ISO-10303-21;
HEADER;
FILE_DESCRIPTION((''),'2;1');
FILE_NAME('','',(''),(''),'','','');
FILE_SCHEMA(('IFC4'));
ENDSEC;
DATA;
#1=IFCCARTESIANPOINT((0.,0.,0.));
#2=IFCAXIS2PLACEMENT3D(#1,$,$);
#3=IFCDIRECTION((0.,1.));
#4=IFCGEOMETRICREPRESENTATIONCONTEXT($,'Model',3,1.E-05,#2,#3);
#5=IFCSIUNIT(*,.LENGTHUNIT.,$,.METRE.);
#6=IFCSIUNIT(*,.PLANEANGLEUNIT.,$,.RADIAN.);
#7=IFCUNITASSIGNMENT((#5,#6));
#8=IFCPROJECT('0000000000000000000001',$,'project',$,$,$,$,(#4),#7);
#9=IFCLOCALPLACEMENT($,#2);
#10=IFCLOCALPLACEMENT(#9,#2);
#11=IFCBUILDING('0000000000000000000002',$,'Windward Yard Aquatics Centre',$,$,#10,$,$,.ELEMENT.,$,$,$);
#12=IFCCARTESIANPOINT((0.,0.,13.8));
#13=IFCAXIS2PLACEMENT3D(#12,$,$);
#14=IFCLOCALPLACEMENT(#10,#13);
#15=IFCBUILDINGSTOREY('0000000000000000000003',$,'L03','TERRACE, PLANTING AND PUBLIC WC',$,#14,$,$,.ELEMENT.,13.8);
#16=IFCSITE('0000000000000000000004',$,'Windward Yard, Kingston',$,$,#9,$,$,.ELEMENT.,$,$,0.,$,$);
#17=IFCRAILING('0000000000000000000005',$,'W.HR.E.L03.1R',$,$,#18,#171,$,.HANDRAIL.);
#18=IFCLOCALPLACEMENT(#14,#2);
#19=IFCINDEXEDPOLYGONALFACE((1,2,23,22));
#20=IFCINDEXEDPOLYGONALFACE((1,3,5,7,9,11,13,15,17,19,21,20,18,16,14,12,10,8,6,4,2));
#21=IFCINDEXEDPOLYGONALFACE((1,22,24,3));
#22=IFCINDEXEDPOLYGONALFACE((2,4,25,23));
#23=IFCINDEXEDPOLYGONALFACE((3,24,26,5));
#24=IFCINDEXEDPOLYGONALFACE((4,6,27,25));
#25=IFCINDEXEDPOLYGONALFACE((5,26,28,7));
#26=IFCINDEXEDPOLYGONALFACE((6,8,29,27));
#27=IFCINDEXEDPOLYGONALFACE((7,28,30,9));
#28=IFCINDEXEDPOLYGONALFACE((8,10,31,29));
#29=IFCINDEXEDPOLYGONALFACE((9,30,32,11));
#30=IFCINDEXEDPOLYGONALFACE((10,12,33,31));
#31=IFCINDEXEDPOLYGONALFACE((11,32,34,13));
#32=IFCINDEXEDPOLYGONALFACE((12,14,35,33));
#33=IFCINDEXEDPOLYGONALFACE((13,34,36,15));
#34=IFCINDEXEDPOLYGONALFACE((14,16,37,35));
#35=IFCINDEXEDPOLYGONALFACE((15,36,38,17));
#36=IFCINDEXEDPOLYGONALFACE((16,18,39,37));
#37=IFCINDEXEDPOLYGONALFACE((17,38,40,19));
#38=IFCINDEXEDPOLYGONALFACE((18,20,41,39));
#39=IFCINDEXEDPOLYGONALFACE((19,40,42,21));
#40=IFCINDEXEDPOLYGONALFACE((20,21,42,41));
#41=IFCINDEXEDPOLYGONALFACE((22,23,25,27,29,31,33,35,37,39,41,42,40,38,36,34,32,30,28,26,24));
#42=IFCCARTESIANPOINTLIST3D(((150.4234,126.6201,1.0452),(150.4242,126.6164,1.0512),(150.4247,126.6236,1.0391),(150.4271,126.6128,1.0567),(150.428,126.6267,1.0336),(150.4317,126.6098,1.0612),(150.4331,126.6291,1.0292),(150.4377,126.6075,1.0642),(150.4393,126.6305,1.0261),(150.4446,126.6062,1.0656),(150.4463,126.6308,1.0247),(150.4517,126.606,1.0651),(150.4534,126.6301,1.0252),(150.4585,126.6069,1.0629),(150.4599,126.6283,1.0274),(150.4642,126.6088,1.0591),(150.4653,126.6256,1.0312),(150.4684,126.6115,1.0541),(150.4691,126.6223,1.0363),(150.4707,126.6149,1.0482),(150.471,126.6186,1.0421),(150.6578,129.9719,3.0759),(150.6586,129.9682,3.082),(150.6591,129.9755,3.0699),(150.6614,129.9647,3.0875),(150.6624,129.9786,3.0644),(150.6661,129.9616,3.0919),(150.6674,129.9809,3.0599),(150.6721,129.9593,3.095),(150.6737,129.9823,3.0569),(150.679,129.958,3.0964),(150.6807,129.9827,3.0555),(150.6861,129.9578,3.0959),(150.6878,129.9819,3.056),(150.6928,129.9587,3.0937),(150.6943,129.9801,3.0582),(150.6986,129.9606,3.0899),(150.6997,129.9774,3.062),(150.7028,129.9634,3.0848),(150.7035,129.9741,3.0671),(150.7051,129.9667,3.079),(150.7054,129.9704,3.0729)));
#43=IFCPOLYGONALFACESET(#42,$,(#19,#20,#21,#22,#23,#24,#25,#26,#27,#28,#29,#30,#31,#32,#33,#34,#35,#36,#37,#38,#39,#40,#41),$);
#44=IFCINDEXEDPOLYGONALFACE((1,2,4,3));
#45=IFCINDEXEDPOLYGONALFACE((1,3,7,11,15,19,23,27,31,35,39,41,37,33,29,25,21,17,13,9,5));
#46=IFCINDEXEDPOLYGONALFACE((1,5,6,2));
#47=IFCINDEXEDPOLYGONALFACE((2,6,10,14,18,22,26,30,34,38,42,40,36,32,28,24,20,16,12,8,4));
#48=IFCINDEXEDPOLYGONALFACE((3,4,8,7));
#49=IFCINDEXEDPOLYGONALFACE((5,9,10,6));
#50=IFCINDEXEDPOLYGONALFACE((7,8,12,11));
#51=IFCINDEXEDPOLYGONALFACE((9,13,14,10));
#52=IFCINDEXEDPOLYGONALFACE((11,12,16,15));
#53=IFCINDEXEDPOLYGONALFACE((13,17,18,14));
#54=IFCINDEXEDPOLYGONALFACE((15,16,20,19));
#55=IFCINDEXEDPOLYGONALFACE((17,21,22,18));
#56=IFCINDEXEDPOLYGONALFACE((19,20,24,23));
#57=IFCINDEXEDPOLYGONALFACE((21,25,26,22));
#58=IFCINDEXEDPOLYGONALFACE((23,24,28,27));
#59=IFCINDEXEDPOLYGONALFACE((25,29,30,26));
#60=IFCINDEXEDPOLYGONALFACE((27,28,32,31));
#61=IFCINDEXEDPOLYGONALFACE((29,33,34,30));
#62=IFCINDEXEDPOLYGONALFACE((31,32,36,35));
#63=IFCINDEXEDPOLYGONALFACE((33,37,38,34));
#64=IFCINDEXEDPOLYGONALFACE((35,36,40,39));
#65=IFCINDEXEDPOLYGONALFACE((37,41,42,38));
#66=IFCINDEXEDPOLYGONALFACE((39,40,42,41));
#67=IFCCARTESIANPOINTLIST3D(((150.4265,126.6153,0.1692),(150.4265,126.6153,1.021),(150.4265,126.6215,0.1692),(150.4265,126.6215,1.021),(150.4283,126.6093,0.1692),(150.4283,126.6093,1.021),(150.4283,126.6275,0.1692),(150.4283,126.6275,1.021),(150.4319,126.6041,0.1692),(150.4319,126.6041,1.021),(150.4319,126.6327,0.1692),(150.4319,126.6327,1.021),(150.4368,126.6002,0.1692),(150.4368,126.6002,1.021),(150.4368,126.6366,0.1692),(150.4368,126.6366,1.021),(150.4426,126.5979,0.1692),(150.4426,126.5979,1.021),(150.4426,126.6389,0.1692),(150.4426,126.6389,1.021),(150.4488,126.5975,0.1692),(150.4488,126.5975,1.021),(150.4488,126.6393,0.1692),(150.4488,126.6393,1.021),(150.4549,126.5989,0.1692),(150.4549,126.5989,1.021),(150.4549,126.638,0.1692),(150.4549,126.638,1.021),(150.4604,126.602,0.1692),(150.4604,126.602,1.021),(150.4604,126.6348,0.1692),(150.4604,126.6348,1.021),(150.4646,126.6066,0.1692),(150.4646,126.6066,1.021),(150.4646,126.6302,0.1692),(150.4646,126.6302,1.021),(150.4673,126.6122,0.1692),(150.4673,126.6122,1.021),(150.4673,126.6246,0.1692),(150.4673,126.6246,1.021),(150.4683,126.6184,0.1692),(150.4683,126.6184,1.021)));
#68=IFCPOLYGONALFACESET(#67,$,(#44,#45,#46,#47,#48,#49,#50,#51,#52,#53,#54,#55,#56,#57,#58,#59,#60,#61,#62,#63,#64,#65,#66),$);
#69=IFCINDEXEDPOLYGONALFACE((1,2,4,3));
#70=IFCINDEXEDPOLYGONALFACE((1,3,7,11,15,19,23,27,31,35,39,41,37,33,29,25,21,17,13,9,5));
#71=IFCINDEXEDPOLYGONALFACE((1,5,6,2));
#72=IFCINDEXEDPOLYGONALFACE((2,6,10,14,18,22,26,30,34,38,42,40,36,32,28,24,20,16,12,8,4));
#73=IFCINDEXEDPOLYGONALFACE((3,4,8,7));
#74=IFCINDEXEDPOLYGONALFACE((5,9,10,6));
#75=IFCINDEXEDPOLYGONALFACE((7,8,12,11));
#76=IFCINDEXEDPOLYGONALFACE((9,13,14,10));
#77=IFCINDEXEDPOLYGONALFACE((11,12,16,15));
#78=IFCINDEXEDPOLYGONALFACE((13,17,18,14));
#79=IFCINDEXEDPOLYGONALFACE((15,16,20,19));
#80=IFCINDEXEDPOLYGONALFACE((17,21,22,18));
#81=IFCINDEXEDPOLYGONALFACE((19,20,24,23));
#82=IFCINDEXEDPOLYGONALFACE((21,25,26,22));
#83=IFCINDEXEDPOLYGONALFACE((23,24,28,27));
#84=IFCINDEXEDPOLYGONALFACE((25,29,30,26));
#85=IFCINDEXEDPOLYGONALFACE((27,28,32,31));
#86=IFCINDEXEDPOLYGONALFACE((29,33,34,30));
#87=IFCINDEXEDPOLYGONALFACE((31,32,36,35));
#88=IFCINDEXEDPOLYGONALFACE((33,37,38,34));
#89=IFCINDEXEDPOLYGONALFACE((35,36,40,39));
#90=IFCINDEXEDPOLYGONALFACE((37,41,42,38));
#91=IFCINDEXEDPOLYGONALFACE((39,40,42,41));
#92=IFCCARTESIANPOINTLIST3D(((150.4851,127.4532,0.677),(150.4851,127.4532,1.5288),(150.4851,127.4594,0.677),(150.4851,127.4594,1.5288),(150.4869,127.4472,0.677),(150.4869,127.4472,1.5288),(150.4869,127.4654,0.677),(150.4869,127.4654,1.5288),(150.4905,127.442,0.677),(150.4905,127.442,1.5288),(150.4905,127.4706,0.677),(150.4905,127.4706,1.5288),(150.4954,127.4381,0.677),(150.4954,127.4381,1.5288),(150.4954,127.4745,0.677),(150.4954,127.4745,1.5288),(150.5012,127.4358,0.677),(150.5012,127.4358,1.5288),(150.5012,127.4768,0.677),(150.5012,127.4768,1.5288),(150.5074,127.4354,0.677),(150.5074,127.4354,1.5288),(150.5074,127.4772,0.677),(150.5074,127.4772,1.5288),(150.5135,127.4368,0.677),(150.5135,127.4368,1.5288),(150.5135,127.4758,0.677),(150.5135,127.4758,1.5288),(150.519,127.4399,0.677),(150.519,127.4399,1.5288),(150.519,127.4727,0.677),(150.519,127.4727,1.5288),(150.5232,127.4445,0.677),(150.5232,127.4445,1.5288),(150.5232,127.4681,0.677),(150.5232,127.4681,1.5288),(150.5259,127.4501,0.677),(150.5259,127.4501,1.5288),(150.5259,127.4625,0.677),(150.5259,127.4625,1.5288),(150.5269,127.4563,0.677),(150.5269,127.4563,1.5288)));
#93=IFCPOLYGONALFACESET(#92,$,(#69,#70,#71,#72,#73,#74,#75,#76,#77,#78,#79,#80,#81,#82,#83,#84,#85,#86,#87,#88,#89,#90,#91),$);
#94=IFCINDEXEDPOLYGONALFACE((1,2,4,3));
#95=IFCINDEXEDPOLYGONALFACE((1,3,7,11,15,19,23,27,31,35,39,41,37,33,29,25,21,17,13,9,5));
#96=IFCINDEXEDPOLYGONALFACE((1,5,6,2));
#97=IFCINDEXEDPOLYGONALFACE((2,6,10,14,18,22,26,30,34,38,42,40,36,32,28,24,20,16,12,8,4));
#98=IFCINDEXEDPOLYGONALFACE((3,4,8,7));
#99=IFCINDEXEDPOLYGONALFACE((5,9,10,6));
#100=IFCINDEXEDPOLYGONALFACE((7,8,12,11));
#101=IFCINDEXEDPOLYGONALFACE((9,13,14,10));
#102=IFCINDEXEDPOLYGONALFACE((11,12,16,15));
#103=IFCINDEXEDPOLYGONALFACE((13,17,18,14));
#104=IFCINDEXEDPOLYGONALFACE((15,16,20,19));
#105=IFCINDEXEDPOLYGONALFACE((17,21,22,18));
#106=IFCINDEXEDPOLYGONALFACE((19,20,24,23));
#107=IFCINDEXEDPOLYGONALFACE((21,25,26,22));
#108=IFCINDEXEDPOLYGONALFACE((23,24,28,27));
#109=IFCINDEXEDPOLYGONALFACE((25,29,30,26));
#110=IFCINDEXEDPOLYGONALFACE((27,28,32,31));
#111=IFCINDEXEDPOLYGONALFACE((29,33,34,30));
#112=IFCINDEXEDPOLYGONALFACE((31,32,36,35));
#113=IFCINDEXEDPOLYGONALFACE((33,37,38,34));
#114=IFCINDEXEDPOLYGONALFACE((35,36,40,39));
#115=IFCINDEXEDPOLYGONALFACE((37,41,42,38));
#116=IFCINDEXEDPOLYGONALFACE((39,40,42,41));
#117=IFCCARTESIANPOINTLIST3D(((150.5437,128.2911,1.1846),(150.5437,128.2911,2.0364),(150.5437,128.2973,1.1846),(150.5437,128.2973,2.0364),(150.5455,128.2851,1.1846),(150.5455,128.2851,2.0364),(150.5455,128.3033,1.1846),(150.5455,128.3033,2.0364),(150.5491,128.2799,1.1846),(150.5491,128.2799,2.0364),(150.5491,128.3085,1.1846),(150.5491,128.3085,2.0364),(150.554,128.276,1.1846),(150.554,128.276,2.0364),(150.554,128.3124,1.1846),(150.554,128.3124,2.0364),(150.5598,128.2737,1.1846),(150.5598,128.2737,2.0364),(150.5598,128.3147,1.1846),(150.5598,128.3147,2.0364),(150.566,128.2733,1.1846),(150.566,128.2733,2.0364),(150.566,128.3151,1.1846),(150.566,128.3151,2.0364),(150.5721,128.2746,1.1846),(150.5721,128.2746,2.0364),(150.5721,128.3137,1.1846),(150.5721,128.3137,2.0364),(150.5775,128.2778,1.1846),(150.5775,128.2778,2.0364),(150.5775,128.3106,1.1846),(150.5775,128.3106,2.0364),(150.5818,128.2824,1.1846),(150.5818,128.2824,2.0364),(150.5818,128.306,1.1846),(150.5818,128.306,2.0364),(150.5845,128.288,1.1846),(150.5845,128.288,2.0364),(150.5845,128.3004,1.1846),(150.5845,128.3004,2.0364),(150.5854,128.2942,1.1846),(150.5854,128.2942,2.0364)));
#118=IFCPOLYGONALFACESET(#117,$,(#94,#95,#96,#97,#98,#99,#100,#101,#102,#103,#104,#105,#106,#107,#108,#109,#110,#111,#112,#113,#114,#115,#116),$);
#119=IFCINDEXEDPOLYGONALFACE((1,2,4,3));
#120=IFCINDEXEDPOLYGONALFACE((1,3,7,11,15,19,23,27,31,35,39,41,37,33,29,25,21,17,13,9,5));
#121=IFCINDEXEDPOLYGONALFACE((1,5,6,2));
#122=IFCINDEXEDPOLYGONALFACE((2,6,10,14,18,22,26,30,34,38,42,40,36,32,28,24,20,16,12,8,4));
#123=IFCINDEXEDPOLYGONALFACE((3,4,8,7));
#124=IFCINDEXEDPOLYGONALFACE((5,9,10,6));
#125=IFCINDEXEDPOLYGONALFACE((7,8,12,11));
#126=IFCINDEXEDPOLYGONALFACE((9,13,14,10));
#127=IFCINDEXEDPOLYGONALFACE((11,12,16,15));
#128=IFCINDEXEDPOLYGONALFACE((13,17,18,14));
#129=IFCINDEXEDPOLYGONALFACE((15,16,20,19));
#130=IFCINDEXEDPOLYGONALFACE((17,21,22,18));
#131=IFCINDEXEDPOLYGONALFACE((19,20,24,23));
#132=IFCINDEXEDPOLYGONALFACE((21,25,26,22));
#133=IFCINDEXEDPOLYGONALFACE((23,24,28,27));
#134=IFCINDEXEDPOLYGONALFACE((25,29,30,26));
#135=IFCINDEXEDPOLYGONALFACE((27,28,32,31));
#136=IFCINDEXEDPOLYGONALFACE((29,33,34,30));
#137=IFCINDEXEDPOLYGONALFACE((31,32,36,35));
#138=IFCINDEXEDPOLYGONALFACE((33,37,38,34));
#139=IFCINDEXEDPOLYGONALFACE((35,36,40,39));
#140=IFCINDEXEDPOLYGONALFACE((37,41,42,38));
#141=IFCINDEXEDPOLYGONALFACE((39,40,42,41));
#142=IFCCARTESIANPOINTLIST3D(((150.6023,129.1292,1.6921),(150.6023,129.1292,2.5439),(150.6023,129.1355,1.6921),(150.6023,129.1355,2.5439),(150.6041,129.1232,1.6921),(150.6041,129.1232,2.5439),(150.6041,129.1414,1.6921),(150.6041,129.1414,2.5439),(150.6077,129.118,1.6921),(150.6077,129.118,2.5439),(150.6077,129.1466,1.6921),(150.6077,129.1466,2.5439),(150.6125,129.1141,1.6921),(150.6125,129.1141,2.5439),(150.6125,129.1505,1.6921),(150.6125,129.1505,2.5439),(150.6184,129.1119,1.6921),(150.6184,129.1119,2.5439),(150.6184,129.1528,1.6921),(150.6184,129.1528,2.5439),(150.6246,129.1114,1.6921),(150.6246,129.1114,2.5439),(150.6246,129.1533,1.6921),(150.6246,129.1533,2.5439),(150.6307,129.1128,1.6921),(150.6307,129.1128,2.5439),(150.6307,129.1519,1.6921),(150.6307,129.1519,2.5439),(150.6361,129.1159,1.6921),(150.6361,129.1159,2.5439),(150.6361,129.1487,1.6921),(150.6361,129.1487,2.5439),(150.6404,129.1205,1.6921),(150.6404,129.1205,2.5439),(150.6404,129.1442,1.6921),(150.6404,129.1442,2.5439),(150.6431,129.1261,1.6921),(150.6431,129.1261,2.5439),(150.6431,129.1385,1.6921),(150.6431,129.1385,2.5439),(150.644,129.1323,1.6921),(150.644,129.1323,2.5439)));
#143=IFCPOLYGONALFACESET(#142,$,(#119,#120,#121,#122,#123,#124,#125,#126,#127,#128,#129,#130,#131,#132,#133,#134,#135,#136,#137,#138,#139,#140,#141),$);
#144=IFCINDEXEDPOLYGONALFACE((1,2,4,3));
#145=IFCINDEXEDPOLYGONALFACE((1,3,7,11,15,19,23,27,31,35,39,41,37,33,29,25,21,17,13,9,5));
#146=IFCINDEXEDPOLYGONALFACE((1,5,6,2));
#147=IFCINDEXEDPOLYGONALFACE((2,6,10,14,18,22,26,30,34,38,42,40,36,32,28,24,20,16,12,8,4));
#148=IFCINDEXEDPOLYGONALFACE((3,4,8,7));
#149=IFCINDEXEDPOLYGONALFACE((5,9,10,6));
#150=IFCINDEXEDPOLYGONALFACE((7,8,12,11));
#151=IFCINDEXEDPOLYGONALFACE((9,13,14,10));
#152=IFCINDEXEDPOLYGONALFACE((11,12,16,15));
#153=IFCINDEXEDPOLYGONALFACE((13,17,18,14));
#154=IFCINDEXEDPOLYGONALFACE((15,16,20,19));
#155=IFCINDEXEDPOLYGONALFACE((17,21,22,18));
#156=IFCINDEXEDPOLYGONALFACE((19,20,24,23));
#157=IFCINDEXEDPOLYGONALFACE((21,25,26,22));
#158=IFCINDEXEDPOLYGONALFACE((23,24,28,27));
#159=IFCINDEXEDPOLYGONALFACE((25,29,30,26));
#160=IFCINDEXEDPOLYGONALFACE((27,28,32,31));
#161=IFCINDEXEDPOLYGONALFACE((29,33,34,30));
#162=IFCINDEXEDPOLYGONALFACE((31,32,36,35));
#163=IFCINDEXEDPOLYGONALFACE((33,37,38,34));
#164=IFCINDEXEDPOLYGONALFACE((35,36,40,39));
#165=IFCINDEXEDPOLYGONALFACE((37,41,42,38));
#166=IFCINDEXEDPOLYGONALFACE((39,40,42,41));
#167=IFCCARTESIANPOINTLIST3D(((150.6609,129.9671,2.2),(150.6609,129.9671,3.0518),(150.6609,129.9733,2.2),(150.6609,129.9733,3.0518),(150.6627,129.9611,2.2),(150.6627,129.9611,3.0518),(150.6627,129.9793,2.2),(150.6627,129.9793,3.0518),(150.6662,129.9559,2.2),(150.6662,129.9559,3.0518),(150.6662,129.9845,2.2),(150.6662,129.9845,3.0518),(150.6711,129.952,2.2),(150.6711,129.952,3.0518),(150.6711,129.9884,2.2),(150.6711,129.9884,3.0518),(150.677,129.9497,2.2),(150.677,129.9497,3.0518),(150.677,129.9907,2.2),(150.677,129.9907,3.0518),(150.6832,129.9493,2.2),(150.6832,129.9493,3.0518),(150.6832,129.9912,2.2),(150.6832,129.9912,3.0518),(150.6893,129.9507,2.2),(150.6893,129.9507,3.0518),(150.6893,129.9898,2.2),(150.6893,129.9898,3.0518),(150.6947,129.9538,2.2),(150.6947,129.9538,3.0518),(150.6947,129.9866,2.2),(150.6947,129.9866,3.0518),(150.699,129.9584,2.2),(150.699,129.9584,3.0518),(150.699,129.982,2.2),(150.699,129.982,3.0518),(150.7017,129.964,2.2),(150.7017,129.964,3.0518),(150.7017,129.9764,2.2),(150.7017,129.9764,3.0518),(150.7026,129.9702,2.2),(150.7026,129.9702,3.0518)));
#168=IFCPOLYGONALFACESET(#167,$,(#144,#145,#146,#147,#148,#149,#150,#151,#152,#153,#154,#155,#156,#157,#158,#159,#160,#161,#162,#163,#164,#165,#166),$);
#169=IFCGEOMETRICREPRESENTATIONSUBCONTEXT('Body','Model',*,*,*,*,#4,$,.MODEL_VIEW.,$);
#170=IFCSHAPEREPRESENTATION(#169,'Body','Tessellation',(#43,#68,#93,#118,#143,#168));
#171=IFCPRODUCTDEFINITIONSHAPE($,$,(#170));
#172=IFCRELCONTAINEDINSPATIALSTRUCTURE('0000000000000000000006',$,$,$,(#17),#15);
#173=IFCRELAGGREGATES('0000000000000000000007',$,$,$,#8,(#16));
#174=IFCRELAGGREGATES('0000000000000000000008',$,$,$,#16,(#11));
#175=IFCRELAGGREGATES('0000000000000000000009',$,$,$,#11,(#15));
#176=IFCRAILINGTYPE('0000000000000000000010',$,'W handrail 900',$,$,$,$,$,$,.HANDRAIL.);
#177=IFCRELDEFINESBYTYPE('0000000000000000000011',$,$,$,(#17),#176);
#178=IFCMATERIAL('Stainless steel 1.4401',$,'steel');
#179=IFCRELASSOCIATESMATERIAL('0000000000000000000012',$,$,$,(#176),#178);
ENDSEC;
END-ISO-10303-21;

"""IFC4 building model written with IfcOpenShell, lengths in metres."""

from ifc_helpers import new_model, si_unit, direction, frame, origin, origin_2d, place, context, subcontext, project, spatial, circle, extrude, material, type_object, element, save


model = new_model("IFC4")

# Units and contexts
model_context = context("Model", 3, precision=1e-05, world=origin(), true_north=direction((0.0, 1.0)))
body_context = subcontext(model_context, "Body", "Model", "MODEL_VIEW")
ifc_project = project(units=[si_unit("LENGTHUNIT", "METRE"), si_unit("PLANEANGLEUNIT", "RADIAN")], contexts=[model_context])

# Site, building, storey
site_placement = place(None, origin())
site = spatial("IfcSite", under=ifc_project, at=site_placement, Name="Windward Yard, Kingston", CompositionType="ELEMENT", RefElevation=0.0)
building_placement = place(site_placement, origin())
building = spatial("IfcBuilding", under=site, at=building_placement, Name="Windward Yard Aquatics Centre", CompositionType="ELEMENT")
storey_placement = place(building_placement, frame((0.0, 0.0, 13.8)))
storey = spatial("IfcBuildingStorey", under=building, at=storey_placement, Name="L03", Description="TERRACE, PLANTING AND PUBLIC WC", CompositionType="ELEMENT", Elevation=13.8)

# Railing
ifc_material_1 = material(Name="Stainless steel 1.4401", Category="steel")
railing_type_1 = type_object("IfcRailingType", Name="W handrail 900", PredefinedType="HANDRAIL", material=ifc_material_1)
for number, where, name in (
    (1, (150.4473, 126.6184, 0.1692), "W.HR.E.L03.1R"),
):
    element("IfcRailing", number, at=place(storey_placement, frame(where)), inside=storey, type_object=railing_type_1, Name=name, PredefinedType="HANDRAIL", context=body_context, shape_type="SweptSolid", body=[
        extrude(circle(Radius=0.0239, at=origin_2d()), frame((0.0, 0.0, 0.876), z_axis=(0.059698, 0.853744, 0.517259), x_axis=(-0.997564, 0.069755, 0.0)), (0.0, 0.0, 1.0), 3.926),
        extrude(circle(Radius=0.021, at=origin_2d()), origin(), (0.0, 0.0, 1.0), 0.8518),
        extrude(circle(Radius=0.021, at=origin_2d()), frame((0.0586, 0.8379, 0.5078)), (0.0, 0.0, 1.0), 0.8518),
        extrude(circle(Radius=0.021, at=origin_2d()), frame((0.1172, 1.6758, 1.0154)), (0.0, 0.0, 1.0), 0.8518),
        extrude(circle(Radius=0.021, at=origin_2d()), frame((0.1758, 2.5139, 1.5229)), (0.0, 0.0, 1.0), 0.8518),
        extrude(circle(Radius=0.021, at=origin_2d()), frame((0.2344, 3.3518, 2.0308)), (0.0, 0.0, 1.0), 0.8518),
    ])

save(model, "model.ifc")
